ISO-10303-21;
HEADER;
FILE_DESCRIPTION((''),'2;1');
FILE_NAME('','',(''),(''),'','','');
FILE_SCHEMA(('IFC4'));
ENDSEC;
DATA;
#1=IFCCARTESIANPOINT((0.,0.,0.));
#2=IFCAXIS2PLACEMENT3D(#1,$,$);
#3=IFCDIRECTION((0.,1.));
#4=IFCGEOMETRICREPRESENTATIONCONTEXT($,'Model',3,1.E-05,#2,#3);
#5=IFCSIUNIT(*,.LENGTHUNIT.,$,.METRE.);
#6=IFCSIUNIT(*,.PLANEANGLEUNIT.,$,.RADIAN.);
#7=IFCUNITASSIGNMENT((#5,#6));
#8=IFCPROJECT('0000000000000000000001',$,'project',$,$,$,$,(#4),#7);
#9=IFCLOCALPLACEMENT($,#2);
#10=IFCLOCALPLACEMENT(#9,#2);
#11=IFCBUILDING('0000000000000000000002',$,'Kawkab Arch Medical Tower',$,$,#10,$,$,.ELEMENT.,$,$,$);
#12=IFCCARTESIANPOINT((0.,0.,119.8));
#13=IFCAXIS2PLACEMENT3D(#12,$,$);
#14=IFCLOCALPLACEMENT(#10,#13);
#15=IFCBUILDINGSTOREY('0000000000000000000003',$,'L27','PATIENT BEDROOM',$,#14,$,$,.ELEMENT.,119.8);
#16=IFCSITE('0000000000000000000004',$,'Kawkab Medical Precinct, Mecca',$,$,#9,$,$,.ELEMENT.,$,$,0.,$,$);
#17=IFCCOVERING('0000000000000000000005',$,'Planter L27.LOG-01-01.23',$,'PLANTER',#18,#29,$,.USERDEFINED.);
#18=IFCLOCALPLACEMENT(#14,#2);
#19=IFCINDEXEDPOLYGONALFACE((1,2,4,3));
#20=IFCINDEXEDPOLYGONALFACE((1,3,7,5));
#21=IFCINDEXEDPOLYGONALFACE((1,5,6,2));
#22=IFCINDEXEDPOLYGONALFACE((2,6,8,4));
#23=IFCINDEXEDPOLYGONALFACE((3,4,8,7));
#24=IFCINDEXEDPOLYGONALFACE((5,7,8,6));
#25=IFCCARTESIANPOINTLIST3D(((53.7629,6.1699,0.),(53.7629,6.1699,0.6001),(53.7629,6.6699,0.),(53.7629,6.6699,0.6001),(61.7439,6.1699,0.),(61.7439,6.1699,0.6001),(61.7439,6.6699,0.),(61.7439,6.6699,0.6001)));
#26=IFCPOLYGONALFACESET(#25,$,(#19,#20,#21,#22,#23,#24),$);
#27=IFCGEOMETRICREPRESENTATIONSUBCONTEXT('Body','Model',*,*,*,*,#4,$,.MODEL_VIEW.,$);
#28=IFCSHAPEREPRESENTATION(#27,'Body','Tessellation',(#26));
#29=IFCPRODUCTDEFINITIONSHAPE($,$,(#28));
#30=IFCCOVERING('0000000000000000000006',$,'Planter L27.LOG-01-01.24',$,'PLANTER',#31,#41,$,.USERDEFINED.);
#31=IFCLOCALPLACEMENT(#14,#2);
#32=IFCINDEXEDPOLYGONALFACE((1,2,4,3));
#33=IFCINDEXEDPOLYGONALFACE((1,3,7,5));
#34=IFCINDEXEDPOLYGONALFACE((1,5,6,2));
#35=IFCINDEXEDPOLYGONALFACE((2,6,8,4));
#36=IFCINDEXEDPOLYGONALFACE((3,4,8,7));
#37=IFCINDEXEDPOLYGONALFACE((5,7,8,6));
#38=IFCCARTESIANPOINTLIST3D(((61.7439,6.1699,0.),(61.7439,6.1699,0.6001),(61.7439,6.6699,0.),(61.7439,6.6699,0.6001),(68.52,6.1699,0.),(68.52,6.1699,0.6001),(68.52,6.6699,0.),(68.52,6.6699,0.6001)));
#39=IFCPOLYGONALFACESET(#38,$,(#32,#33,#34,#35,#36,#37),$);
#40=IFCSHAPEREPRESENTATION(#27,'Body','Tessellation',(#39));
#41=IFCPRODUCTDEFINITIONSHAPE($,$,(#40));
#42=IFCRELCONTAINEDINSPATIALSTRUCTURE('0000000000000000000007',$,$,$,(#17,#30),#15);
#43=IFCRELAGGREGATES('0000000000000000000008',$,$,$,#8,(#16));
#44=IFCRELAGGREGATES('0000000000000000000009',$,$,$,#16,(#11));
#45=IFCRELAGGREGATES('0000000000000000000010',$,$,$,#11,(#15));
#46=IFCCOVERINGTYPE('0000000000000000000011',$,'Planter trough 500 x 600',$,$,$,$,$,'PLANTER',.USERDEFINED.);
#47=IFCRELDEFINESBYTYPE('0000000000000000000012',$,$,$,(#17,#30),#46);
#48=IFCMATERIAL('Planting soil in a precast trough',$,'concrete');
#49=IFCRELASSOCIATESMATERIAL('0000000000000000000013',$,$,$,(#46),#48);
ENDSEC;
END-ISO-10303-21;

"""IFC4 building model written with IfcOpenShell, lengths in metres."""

from ifc_helpers import new_model, si_unit, direction, frame, origin, origin_2d, place, context, subcontext, project, spatial, rectangle, extrude, material, material_profile, profile_set, type_object, element, save


model = new_model("IFC4")

# Units and contexts
model_context = context("Model", 3, precision=1e-05, world=origin(), true_north=direction((0.0, 1.0)))
body_context = subcontext(model_context, "Body", "Model", "MODEL_VIEW")
ifc_project = project(units=[si_unit("LENGTHUNIT", "METRE"), si_unit("PLANEANGLEUNIT", "RADIAN")], contexts=[model_context])

# Site, building, storey
site_placement = place(None, origin())
site = spatial("IfcSite", under=ifc_project, at=site_placement, Name="Kawkab Medical Precinct, Mecca", CompositionType="ELEMENT", RefElevation=0.0)
building_placement = place(site_placement, origin())
building = spatial("IfcBuilding", under=site, at=building_placement, Name="Kawkab Arch Medical Tower", CompositionType="ELEMENT")
storey_placement = place(building_placement, frame((0.0, 0.0, 119.8)))
storey = spatial("IfcBuildingStorey", under=building, at=storey_placement, Name="L27", Description="PATIENT BEDROOM", CompositionType="ELEMENT", Elevation=119.8)

# Coverings
ifc_material_1 = material(Name="Planting soil in a precast trough", Category="concrete")
ifc_material_profile_1 = material_profile(ifc_material_1, rectangle(XDim=0.5, YDim=0.6001, at=origin_2d()), Name="Trough 500x600")
ifc_profile_set_1 = profile_set([ifc_material_profile_1], Name="Planting soil in a precast trough")
covering_type_1 = type_object("IfcCoveringType", Name="Planter trough 500 x 600", ElementType="PLANTER", PredefinedType="USERDEFINED", material=ifc_profile_set_1)
covering_1_placement = place(storey_placement, frame((53.7629, 6.4199, 0.3), z_axis=(1.0, 0.0, 0.0), x_axis=(0.0, 1.0, 0.0)))
element("IfcCovering", 1, at=covering_1_placement, inside=storey, type_object=covering_type_1, Name="Planter L27.LOG-01-01.23", ObjectType="PLANTER", PredefinedType="USERDEFINED", context=body_context, shape_type="SweptSolid", body=[
    extrude(rectangle(XDim=0.5, YDim=0.6001, at=origin_2d()), origin(), (0.0, 0.0, 1.0), 7.981),
])
covering_2_placement = place(storey_placement, frame((61.7439, 6.4199, 0.3), z_axis=(1.0, 0.0, 0.0), x_axis=(0.0, 1.0, 0.0)))
element("IfcCovering", 2, at=covering_2_placement, inside=storey, type_object=covering_type_1, Name="Planter L27.LOG-01-01.24", ObjectType="PLANTER", PredefinedType="USERDEFINED", context=body_context, shape_type="SweptSolid", body=[
    extrude(rectangle(XDim=0.5, YDim=0.6001, at=origin_2d()), origin(), (0.0, 0.0, 1.0), 6.7761),
])

save(model, "model.ifc")
